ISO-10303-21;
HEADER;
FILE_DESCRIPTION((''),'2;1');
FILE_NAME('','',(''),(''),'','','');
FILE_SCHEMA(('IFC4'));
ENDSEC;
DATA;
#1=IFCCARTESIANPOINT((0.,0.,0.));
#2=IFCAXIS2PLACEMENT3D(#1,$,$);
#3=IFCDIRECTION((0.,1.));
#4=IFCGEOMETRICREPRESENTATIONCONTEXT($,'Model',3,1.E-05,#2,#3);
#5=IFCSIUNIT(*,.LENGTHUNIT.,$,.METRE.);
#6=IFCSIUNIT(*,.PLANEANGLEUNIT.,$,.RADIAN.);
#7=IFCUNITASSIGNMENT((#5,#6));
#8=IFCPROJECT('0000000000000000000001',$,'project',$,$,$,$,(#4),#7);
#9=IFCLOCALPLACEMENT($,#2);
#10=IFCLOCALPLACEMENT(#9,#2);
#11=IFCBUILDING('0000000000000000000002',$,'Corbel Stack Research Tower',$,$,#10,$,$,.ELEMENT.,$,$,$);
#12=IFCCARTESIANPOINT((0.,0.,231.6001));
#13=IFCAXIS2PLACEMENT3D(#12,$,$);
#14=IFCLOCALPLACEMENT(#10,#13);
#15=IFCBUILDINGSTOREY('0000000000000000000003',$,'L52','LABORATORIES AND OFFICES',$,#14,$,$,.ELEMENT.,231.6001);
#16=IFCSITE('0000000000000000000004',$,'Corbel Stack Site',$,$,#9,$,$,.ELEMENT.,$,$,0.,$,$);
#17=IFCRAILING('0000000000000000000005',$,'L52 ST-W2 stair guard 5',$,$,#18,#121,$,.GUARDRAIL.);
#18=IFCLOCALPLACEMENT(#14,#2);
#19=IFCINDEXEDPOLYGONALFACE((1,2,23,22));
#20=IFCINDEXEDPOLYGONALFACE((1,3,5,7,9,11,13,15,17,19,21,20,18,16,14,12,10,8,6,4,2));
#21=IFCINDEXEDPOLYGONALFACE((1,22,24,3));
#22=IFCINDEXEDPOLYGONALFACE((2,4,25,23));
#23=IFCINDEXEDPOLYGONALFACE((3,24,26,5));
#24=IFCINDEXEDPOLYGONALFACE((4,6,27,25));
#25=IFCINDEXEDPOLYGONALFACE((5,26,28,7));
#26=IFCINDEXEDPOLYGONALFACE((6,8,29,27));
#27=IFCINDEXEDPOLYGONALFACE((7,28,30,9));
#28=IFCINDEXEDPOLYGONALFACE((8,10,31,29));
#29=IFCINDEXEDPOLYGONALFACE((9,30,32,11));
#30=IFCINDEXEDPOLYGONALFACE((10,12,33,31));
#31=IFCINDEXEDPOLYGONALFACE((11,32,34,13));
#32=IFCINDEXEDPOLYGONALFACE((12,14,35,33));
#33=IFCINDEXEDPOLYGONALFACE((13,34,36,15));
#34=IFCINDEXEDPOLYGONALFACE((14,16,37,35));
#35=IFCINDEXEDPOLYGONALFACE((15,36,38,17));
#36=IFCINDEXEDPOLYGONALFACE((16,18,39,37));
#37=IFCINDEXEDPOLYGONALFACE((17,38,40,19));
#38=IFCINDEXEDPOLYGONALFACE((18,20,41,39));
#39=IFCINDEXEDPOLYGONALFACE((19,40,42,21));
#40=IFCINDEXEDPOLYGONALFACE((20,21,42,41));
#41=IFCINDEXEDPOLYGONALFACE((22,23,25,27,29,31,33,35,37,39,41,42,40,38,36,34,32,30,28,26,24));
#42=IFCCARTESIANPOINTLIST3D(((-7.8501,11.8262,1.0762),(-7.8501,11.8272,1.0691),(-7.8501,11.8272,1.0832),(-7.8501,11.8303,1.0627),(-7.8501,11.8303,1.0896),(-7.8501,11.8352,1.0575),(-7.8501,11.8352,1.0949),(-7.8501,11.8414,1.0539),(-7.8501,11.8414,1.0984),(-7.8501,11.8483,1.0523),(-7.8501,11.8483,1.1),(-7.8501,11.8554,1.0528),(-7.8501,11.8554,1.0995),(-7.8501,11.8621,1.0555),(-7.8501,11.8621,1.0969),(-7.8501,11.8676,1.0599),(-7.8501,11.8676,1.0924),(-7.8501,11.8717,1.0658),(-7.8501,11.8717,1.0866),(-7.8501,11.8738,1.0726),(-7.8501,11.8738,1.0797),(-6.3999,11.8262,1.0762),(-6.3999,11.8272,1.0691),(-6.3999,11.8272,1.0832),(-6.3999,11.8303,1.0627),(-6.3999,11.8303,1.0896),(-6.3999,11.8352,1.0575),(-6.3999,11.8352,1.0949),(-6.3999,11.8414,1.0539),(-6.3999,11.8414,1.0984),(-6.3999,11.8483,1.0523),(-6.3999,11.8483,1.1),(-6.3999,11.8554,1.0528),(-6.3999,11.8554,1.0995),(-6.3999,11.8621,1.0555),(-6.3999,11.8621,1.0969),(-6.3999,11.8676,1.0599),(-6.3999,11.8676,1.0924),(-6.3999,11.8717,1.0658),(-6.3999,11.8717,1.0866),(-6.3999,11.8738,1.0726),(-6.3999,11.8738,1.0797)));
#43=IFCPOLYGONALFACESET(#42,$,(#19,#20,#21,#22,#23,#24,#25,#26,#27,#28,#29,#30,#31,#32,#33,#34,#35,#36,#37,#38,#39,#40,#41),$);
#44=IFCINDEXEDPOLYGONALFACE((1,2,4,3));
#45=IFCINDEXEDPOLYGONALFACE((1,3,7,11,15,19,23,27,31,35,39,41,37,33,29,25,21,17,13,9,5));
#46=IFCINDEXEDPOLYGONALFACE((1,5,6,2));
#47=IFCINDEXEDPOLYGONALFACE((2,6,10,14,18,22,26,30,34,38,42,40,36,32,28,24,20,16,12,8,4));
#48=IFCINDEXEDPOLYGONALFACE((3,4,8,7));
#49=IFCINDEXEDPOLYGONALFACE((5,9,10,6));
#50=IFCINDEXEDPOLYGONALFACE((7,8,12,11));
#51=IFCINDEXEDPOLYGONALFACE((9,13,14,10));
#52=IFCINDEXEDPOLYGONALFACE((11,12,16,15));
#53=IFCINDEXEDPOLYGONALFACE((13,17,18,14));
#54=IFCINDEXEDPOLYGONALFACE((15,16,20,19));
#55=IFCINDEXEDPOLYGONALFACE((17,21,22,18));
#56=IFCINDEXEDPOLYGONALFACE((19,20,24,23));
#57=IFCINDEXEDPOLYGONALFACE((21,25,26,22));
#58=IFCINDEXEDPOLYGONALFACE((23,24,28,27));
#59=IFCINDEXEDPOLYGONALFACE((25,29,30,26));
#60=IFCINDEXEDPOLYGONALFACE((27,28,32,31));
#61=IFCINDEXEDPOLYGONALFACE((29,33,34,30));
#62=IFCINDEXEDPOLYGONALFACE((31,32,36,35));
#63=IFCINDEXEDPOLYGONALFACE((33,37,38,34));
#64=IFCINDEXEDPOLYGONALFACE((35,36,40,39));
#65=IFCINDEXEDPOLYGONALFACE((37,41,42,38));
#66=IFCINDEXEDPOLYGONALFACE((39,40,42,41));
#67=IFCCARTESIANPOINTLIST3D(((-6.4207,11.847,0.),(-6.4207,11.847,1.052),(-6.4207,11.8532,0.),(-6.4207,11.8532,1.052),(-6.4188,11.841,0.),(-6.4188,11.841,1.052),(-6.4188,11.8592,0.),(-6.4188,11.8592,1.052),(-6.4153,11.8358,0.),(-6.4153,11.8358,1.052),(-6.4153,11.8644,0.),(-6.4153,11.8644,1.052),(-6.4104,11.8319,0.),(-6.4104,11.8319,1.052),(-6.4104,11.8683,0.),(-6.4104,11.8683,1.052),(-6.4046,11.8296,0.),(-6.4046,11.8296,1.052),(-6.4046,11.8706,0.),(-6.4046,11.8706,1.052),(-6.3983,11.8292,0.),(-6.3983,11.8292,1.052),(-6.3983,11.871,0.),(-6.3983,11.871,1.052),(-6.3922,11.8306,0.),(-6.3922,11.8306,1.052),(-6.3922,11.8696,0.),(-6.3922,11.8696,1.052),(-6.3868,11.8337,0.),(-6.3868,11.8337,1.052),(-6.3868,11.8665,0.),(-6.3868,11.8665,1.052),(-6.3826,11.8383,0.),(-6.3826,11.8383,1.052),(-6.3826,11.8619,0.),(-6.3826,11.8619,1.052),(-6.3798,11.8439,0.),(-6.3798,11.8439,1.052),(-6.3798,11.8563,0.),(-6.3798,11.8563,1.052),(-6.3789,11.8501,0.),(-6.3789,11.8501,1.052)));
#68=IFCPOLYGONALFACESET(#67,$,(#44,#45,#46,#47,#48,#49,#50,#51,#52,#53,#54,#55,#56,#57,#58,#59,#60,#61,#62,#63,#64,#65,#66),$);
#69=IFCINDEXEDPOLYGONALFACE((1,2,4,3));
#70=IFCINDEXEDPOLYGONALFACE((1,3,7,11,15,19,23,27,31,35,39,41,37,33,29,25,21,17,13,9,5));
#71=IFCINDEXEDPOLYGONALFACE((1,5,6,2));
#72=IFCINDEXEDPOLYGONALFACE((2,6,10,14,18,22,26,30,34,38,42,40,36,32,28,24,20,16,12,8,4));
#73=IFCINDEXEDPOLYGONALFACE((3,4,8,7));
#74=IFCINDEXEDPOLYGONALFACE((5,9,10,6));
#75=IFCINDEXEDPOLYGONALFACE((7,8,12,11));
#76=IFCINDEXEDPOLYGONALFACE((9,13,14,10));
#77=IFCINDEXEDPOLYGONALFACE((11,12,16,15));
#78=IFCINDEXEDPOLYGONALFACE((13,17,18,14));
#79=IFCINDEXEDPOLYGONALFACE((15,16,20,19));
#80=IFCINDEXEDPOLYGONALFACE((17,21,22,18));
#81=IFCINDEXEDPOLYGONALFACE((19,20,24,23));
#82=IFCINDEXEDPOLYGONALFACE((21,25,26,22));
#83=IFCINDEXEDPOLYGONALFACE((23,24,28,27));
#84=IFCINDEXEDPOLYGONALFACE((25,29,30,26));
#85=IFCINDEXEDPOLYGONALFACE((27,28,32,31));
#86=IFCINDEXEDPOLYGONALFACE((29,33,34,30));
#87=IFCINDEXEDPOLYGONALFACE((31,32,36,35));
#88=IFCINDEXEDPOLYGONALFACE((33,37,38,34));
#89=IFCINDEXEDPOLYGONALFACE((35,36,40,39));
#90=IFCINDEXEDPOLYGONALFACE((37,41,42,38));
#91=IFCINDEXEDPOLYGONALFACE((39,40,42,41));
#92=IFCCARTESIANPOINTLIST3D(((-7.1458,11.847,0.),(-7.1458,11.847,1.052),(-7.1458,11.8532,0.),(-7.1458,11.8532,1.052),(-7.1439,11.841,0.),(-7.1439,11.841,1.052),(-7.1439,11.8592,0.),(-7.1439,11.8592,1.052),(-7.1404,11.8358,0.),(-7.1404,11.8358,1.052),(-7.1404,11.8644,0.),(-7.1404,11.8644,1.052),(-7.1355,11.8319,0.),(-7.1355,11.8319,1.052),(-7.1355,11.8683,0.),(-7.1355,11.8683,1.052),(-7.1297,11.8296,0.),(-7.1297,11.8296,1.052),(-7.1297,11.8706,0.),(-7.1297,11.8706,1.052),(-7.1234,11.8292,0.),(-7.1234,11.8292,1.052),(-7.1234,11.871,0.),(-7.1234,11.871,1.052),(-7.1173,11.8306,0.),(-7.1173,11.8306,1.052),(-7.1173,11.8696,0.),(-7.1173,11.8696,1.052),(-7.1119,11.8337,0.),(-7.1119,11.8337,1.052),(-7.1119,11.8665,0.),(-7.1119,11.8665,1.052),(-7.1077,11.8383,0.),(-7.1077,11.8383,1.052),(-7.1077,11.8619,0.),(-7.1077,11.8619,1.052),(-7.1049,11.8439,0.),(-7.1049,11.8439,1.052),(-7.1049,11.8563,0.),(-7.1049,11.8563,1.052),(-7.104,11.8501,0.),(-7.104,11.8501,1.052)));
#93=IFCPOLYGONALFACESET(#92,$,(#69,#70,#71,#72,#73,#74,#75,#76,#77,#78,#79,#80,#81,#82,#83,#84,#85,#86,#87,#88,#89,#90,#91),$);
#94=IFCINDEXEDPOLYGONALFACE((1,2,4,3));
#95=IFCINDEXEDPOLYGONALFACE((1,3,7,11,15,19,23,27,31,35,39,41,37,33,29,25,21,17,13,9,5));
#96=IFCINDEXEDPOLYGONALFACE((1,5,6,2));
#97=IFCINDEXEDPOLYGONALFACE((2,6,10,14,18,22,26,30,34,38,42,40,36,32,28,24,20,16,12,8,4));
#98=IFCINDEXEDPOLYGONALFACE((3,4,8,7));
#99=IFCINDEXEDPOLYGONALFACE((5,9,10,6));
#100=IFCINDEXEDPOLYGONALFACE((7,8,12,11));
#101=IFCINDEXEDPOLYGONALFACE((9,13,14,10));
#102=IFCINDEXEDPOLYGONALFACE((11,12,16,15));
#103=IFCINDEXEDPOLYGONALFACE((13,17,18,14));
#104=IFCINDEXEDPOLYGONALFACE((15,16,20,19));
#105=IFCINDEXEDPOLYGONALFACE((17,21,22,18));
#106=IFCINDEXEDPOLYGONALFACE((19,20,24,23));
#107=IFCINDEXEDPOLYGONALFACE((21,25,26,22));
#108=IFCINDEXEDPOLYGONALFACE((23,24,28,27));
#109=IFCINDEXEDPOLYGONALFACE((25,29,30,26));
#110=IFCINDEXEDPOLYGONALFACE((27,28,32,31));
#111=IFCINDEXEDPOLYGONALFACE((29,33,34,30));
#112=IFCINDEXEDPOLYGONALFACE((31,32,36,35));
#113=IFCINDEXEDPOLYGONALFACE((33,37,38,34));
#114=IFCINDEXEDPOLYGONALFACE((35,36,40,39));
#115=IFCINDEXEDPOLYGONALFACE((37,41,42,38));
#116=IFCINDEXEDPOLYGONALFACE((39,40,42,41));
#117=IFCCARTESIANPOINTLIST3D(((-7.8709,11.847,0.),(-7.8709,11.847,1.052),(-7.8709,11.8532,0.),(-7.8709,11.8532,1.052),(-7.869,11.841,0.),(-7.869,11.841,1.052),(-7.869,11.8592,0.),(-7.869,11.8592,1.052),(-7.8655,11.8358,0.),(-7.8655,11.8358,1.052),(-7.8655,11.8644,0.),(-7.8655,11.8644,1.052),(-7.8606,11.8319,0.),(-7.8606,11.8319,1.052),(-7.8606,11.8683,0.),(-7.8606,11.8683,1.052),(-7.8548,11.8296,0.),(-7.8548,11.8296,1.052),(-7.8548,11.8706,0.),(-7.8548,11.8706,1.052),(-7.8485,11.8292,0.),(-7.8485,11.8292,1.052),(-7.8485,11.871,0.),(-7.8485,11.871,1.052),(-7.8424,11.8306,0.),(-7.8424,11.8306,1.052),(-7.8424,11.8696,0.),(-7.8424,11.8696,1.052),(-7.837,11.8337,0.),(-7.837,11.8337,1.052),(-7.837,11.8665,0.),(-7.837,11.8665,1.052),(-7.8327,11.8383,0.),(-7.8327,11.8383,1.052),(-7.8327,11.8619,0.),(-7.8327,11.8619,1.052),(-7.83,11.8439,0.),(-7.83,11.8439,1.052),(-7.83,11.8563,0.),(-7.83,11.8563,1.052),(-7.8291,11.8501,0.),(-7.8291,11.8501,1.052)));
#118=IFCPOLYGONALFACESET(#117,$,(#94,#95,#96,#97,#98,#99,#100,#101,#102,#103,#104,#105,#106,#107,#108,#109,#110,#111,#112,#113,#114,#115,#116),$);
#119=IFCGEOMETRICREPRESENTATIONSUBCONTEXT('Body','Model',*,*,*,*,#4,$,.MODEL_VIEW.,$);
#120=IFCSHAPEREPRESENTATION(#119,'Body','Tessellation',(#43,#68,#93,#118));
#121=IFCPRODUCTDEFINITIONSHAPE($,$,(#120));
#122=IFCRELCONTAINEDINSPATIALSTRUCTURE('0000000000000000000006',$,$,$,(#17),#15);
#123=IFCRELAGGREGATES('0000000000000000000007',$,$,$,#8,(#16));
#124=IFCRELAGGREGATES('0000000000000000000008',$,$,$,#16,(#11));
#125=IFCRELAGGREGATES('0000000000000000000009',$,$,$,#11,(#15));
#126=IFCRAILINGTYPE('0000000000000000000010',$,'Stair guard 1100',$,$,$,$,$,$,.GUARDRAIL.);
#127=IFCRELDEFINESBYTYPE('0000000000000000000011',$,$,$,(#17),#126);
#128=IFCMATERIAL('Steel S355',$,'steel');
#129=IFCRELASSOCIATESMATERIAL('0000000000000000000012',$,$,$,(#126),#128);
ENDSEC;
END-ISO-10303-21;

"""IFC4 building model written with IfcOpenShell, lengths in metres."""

from ifc_helpers import new_model, si_unit, direction, frame, origin, origin_2d, place, context, subcontext, project, spatial, circle, extrude, material, type_object, element, save


model = new_model("IFC4")

# Units and contexts
model_context = context("Model", 3, precision=1e-05, world=origin(), true_north=direction((0.0, 1.0)))
body_context = subcontext(model_context, "Body", "Model", "MODEL_VIEW")
ifc_project = project(units=[si_unit("LENGTHUNIT", "METRE"), si_unit("PLANEANGLEUNIT", "RADIAN")], contexts=[model_context])

# Site, building, storey
site_placement = place(None, origin())
site = spatial("IfcSite", under=ifc_project, at=site_placement, Name="Corbel Stack Site", CompositionType="ELEMENT", RefElevation=0.0)
building_placement = place(site_placement, origin())
building = spatial("IfcBuilding", under=site, at=building_placement, Name="Corbel Stack Research Tower", CompositionType="ELEMENT")
storey_placement = place(building_placement, frame((0.0, 0.0, 231.6001)))
storey = spatial("IfcBuildingStorey", under=building, at=storey_placement, Name="L52", Description="LABORATORIES AND OFFICES", CompositionType="ELEMENT", Elevation=231.6001)

# Railing
ifc_material_1 = material(Name="Steel S355", Category="steel")
railing_type_1 = type_object("IfcRailingType", Name="Stair guard 1100", PredefinedType="GUARDRAIL", material=ifc_material_1)
railing_1_placement = place(storey_placement, frame((-6.3999, 11.8501, 0.0)))
element("IfcRailing", 1, at=railing_1_placement, inside=storey, type_object=railing_type_1, Name="L52 ST-W2 stair guard 5", PredefinedType="GUARDRAIL", context=body_context, shape_type="SweptSolid", body=[
    extrude(circle(Radius=0.0239, at=origin_2d()), frame((0.0, 0.0, 1.0762), z_axis=(-1.0, 0.0, 0.0), x_axis=(0.0, -1.0, 0.0)), (0.0, 0.0, 1.0), 1.4502),
    extrude(circle(Radius=0.021, at=origin_2d()), origin(), (0.0, 0.0, 1.0), 1.052),
    extrude(circle(Radius=0.021, at=origin_2d()), frame((-0.7251, 0.0, 0.0)), (0.0, 0.0, 1.0), 1.052),
    extrude(circle(Radius=0.021, at=origin_2d()), frame((-1.4502, 0.0, 0.0)), (0.0, 0.0, 1.0), 1.052),
])

save(model, "model.ifc")
